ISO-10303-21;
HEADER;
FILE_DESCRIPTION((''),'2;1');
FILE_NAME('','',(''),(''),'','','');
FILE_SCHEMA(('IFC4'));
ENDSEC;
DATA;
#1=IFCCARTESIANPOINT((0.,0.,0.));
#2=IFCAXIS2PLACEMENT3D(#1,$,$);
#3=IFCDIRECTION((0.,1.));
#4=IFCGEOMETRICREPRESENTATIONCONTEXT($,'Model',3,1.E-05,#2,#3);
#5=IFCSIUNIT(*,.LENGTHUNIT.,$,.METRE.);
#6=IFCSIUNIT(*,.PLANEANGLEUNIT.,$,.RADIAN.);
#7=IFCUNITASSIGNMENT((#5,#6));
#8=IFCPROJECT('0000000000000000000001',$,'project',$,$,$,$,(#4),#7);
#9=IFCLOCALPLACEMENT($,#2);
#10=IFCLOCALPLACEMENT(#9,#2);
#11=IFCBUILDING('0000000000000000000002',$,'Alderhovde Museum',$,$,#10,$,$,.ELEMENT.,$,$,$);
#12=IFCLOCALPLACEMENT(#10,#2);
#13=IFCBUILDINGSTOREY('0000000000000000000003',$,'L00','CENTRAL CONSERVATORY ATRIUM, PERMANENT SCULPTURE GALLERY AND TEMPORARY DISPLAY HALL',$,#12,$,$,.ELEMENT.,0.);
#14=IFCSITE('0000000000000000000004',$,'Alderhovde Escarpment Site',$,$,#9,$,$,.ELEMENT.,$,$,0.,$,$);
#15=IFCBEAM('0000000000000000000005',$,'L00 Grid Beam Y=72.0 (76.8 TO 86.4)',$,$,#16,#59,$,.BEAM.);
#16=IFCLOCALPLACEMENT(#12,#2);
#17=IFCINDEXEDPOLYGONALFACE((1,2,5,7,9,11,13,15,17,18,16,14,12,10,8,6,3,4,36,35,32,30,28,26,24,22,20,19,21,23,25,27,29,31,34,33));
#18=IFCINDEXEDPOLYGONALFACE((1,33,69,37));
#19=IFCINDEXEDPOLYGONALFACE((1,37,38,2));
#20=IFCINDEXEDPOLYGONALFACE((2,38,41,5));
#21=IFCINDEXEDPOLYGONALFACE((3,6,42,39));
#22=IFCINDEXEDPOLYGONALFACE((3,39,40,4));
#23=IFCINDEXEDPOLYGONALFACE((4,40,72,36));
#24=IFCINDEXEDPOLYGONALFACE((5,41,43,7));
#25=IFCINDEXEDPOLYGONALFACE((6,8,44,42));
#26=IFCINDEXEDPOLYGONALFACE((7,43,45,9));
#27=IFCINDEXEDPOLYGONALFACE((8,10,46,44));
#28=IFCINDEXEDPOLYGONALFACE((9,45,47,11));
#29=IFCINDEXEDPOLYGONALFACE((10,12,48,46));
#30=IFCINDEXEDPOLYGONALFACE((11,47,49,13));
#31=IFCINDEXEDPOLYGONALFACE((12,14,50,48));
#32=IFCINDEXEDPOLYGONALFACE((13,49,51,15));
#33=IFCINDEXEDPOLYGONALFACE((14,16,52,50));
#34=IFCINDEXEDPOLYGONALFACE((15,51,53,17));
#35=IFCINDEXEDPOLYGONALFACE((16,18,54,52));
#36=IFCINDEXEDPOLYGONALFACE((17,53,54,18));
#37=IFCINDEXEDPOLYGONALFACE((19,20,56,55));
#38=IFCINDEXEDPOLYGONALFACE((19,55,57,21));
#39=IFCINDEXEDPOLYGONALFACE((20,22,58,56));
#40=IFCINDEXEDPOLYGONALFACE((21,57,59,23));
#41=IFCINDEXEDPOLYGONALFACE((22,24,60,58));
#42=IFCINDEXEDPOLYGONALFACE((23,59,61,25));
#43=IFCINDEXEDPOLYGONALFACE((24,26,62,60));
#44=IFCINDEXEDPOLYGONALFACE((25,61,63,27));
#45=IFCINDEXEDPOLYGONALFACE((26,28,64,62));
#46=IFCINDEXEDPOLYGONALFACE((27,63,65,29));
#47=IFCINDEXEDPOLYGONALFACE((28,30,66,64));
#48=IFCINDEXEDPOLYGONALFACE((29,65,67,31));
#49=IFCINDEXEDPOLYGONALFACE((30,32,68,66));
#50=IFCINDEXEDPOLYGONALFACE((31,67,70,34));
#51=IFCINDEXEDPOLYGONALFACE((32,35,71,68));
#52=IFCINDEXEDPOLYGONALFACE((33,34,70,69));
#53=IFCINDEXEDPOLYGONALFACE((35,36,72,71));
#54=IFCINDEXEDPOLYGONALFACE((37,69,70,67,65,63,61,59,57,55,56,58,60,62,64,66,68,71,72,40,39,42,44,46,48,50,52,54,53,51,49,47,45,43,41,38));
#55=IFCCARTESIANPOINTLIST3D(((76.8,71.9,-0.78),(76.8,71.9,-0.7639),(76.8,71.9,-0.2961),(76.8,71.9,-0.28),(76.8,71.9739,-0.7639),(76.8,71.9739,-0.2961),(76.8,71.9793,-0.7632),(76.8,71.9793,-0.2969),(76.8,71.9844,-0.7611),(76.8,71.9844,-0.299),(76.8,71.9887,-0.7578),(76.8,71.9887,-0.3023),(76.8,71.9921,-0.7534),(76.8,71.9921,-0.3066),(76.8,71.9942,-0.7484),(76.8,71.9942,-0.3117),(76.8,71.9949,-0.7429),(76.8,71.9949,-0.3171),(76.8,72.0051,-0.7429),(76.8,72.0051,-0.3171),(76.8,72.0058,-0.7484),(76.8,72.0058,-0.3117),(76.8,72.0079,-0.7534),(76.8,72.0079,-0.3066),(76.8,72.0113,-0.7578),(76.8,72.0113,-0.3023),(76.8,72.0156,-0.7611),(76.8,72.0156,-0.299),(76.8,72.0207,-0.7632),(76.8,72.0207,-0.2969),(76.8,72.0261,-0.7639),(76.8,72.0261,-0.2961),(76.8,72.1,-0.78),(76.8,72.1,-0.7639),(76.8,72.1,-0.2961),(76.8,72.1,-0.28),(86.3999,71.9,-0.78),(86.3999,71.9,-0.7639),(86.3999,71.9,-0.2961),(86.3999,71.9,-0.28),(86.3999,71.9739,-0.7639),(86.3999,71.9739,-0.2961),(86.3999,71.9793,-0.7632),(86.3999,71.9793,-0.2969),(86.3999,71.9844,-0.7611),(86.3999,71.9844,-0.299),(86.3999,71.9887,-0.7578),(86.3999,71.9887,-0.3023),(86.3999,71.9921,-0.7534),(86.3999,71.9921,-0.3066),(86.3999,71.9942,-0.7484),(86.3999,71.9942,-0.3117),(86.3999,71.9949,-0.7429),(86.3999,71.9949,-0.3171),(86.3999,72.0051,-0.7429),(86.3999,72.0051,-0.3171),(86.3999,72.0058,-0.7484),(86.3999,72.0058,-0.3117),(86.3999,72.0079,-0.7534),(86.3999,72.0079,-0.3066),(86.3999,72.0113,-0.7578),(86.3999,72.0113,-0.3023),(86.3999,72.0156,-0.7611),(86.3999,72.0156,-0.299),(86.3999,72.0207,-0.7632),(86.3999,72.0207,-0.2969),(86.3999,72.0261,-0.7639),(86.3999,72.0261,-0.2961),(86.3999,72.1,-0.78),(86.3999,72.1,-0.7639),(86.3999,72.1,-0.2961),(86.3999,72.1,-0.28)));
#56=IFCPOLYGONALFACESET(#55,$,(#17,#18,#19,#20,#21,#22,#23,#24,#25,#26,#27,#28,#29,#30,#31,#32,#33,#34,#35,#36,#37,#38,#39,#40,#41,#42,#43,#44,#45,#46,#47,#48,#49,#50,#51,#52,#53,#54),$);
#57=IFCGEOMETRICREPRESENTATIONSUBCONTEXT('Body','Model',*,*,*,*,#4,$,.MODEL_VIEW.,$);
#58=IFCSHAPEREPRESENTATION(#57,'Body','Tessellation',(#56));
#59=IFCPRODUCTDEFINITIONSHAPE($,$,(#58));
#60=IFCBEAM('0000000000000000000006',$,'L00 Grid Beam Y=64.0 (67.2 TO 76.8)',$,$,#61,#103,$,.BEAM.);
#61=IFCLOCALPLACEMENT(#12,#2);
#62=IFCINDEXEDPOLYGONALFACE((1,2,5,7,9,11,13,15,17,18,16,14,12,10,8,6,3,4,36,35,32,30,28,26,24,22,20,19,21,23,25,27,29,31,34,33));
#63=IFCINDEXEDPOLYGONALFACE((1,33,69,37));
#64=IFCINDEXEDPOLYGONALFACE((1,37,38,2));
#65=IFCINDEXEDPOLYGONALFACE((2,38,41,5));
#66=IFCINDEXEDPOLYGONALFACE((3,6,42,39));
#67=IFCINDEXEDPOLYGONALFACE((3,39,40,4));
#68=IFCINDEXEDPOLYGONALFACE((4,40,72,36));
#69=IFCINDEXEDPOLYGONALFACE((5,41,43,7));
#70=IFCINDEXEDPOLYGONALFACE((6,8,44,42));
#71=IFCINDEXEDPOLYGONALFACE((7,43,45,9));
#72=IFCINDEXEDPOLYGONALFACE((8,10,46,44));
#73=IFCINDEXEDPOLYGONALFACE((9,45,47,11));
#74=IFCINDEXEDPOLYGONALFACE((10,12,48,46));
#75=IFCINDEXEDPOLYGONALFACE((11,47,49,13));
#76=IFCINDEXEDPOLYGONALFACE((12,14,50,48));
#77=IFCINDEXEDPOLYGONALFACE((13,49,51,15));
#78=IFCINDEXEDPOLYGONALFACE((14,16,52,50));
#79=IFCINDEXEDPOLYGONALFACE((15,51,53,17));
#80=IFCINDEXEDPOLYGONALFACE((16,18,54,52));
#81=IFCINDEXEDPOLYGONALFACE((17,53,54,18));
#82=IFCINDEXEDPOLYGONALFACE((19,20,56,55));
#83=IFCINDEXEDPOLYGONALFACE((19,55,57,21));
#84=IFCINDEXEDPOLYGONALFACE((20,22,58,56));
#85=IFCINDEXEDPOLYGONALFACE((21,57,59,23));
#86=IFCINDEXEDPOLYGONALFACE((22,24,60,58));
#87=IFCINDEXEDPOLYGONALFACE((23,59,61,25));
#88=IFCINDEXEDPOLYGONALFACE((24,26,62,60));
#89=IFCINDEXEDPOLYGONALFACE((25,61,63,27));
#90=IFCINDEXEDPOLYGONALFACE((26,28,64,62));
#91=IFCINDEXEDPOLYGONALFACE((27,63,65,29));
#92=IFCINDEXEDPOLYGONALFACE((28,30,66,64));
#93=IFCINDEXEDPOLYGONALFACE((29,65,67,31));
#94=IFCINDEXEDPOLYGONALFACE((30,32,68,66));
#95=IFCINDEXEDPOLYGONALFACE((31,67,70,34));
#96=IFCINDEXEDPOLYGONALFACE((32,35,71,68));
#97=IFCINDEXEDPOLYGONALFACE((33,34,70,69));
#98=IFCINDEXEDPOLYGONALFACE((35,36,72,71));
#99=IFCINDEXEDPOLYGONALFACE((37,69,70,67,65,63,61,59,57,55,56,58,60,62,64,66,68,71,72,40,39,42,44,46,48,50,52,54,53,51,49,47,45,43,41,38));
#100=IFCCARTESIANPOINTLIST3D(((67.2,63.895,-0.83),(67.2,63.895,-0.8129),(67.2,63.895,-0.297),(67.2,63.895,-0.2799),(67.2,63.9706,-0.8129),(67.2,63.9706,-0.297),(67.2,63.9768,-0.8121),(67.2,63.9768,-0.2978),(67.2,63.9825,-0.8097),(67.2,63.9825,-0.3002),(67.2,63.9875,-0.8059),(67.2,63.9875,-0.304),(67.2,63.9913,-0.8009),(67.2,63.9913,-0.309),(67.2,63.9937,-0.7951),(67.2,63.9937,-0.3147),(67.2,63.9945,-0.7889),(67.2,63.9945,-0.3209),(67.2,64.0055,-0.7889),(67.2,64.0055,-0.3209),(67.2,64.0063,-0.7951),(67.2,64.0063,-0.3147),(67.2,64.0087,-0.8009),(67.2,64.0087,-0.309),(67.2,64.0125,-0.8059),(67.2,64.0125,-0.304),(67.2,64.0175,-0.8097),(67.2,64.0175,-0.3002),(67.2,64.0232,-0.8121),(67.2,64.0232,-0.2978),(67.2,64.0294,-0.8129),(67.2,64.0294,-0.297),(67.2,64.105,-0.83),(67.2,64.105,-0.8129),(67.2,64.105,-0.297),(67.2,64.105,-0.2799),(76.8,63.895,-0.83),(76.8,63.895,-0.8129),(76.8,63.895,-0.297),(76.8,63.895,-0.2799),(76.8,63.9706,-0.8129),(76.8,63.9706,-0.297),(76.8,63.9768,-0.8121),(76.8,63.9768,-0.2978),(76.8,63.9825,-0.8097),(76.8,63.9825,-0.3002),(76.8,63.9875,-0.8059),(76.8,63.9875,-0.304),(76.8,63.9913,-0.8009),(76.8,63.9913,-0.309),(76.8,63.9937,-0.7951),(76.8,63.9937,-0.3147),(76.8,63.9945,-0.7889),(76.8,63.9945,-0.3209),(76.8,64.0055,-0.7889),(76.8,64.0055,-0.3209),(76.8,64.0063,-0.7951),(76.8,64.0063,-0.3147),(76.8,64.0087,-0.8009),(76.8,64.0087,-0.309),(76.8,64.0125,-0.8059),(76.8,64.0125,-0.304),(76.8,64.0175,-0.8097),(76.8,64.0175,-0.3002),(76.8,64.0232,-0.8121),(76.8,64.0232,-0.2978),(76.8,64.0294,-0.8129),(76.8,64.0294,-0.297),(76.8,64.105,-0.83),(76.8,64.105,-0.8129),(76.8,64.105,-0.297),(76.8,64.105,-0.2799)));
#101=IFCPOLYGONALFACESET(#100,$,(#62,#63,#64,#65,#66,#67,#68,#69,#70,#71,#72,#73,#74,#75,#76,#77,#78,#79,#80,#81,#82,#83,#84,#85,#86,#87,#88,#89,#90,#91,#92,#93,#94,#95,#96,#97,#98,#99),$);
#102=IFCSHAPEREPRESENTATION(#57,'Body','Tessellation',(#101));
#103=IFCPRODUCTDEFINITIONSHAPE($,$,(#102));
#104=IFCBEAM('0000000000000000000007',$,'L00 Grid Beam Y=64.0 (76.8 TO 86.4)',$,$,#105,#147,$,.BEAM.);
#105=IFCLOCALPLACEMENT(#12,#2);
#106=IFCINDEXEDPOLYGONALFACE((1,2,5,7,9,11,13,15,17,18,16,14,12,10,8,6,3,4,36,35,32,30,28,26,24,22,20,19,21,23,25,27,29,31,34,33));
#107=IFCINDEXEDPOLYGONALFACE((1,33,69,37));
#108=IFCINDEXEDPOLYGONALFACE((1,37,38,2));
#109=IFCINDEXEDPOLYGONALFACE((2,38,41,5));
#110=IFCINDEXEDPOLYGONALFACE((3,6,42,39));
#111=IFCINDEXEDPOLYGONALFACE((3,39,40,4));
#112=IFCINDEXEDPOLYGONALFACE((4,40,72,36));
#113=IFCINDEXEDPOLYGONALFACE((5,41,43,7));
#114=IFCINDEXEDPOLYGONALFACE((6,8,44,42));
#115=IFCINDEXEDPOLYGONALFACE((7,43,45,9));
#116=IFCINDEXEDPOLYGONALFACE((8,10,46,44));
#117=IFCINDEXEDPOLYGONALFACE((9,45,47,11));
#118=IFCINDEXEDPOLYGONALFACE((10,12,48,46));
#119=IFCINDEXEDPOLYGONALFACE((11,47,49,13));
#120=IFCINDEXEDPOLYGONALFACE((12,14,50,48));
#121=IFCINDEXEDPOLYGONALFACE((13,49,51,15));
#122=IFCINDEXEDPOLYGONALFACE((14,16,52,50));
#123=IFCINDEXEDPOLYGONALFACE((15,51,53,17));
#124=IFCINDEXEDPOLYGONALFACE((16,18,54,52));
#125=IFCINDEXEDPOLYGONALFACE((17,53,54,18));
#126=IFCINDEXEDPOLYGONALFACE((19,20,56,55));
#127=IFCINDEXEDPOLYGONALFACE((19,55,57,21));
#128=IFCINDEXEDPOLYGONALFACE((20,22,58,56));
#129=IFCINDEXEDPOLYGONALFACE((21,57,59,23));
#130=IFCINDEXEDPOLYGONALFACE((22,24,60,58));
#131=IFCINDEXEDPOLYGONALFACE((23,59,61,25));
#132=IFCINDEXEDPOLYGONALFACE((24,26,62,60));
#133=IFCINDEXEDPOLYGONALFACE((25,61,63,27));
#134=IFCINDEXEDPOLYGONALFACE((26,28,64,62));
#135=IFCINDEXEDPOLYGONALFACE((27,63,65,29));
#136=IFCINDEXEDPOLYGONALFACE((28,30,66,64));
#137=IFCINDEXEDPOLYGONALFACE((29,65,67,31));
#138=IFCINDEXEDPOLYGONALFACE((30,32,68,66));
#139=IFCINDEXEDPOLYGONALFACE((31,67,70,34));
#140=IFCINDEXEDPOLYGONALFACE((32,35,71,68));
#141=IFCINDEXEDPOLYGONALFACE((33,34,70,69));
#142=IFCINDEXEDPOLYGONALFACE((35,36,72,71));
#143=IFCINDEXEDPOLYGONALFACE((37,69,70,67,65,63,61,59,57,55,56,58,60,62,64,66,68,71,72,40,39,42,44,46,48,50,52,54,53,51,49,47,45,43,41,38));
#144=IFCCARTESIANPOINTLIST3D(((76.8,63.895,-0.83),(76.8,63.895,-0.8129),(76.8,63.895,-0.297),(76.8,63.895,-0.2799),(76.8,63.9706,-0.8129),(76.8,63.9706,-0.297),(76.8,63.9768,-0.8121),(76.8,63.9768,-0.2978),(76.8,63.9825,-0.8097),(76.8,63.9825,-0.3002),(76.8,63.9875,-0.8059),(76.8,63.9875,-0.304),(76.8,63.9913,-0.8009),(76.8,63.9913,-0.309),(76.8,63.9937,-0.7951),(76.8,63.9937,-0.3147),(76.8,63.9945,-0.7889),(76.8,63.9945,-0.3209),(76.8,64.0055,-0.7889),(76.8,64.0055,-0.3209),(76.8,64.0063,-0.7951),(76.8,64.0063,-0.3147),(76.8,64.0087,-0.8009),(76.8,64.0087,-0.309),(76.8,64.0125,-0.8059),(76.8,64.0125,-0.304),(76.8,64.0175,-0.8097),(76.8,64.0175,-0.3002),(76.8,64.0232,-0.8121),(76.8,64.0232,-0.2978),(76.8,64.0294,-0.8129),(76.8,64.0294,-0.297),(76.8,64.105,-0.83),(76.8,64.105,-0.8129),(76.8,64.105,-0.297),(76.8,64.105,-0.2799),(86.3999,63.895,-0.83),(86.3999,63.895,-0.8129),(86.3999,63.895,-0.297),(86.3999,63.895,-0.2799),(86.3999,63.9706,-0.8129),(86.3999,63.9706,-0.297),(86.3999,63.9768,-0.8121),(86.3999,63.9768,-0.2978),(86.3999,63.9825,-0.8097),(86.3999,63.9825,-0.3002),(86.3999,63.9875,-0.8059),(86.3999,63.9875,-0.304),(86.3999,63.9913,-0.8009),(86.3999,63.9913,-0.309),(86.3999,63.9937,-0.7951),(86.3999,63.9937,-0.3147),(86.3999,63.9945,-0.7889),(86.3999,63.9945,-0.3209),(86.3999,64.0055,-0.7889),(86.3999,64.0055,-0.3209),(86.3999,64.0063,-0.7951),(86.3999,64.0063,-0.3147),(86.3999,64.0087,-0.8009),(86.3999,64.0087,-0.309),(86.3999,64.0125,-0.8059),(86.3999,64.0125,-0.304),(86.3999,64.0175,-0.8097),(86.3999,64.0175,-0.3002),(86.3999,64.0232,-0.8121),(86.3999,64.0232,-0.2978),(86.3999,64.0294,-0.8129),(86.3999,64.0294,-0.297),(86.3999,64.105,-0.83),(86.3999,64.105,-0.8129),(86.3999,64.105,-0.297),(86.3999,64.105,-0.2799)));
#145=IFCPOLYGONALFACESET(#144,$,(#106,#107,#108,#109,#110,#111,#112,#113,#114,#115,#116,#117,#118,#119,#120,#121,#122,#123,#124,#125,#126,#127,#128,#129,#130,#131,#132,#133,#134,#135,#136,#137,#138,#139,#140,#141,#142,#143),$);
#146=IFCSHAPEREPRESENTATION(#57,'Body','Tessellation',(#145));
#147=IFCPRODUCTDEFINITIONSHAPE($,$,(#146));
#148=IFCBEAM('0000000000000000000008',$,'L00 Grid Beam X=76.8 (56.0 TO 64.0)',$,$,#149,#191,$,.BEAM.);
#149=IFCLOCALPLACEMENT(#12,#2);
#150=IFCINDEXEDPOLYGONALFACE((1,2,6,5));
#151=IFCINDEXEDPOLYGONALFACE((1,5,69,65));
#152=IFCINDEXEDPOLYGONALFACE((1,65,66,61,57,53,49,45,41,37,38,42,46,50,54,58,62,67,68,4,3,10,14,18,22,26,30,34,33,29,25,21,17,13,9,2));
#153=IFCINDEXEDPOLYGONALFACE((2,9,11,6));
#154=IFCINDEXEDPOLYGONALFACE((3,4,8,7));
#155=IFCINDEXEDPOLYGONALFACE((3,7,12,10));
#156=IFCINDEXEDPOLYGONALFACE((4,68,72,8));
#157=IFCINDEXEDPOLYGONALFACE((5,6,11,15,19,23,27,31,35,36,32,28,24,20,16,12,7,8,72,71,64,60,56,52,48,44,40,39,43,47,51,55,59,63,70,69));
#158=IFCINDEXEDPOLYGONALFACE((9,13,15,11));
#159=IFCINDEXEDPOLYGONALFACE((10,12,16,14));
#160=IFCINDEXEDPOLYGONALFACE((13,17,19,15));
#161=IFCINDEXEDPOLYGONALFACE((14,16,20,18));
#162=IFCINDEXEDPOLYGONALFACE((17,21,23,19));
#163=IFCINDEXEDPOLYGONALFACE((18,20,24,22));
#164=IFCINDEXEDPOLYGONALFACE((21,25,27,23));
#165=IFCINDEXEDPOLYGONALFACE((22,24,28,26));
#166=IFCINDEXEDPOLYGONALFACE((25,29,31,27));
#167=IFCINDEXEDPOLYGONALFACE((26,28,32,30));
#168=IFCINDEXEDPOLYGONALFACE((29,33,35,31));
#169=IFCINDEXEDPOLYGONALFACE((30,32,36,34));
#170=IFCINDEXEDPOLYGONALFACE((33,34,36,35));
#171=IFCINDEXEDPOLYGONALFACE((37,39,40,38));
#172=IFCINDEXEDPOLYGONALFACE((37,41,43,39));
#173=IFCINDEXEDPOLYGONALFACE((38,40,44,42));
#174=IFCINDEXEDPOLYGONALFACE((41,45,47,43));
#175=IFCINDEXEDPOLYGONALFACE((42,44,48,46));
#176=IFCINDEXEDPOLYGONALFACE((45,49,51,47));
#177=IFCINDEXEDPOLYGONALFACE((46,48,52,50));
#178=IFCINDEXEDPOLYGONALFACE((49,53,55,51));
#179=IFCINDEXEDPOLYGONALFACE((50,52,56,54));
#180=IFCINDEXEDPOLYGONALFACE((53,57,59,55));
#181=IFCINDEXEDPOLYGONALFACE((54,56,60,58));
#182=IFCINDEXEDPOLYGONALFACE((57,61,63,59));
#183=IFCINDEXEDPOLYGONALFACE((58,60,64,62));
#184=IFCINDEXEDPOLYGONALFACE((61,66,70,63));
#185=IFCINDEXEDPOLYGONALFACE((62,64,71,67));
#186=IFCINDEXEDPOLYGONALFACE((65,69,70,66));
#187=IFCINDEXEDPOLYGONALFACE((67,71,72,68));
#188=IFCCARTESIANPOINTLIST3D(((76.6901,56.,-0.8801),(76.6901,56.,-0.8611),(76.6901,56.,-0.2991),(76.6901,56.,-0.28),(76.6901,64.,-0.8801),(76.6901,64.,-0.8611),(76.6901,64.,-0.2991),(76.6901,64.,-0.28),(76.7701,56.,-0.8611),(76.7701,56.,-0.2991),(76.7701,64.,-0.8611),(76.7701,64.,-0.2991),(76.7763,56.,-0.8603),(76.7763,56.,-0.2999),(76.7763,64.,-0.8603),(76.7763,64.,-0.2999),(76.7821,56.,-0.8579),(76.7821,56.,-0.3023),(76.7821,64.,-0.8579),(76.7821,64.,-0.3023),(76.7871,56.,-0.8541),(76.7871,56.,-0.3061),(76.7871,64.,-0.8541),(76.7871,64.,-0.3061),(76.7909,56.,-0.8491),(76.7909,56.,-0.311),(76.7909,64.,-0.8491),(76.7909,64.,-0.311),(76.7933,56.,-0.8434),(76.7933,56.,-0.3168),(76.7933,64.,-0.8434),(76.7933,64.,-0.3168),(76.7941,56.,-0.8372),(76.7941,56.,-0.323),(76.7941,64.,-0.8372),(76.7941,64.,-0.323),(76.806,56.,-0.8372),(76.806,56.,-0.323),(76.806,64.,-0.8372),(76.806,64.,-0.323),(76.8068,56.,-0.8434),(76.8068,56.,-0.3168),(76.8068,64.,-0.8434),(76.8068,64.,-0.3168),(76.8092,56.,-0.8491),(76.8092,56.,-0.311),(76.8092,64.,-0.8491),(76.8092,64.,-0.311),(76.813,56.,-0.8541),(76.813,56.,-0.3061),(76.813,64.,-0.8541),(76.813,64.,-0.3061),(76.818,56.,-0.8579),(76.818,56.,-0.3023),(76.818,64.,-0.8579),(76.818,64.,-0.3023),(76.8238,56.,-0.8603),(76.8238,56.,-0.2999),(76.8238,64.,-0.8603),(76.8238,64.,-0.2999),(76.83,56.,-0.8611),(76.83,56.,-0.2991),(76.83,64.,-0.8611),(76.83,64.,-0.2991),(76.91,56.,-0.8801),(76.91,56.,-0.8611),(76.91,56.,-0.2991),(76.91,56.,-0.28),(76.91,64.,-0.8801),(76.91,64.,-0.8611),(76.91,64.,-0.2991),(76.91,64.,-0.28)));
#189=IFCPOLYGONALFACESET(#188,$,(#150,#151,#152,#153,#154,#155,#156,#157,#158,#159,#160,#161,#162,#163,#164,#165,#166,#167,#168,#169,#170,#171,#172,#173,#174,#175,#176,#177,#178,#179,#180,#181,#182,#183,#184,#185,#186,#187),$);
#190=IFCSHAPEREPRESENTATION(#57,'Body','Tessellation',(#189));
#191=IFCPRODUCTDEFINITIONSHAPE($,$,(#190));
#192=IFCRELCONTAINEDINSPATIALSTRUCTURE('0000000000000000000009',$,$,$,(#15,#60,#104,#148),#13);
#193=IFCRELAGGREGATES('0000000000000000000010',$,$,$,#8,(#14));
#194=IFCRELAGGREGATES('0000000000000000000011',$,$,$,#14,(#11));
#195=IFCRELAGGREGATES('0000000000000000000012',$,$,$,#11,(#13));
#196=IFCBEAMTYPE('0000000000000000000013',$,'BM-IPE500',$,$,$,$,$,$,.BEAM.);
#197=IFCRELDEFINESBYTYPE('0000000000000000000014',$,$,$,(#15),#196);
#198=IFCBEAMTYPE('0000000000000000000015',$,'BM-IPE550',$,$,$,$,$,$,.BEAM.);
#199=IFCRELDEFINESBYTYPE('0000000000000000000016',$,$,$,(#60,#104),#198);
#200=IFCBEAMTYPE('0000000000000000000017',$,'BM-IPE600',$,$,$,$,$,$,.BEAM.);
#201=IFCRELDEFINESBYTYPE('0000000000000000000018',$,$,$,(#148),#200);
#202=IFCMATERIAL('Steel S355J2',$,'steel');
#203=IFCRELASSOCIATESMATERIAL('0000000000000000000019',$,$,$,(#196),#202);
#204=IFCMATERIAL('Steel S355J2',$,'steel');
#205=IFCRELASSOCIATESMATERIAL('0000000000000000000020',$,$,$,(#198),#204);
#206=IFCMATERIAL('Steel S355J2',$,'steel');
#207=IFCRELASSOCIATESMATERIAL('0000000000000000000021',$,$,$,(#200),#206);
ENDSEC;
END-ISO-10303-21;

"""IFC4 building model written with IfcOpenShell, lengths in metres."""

from ifc_helpers import new_model, si_unit, direction, frame, origin, origin_2d, place, context, subcontext, project, spatial, i_section, extrude, material, material_profile, profile_set, type_object, element, save


model = new_model("IFC4")

# Units and contexts
model_context = context("Model", 3, precision=1e-05, world=origin(), true_north=direction((0.0, 1.0)))
body_context = subcontext(model_context, "Body", "Model", "MODEL_VIEW")
ifc_project = project(units=[si_unit("LENGTHUNIT", "METRE"), si_unit("PLANEANGLEUNIT", "RADIAN")], contexts=[model_context])

# Site, building, storey
site_placement = place(None, origin())
site = spatial("IfcSite", under=ifc_project, at=site_placement, Name="Alderhovde Escarpment Site", CompositionType="ELEMENT", RefElevation=0.0)
building_placement = place(site_placement, origin())
building = spatial("IfcBuilding", under=site, at=building_placement, Name="Alderhovde Museum", CompositionType="ELEMENT")
storey_placement = place(building_placement, origin())
storey = spatial("IfcBuildingStorey", under=building, at=storey_placement, Name="L00", Description="CENTRAL CONSERVATORY ATRIUM, PERMANENT SCULPTURE GALLERY AND TEMPORARY DISPLAY HALL", CompositionType="ELEMENT", Elevation=0.0)

# Beams
ifc_material_1 = material(Name="Steel S355J2", Category="steel")
ifc_material_profile_1 = material_profile(ifc_material_1, i_section(OverallWidth=0.2, OverallDepth=0.5, WebThickness=0.0103, FlangeThickness=0.0161, FilletRadius=0.021, at=origin_2d()), Name="IPE 500")
ifc_profile_set_1 = profile_set([ifc_material_profile_1], Name="Steel S355J2")
beam_type_1 = type_object("IfcBeamType", Name="BM-IPE500", PredefinedType="BEAM", material=ifc_profile_set_1)
beam_1_placement = place(storey_placement, frame((76.8, 72.0, -0.53), z_axis=(1.0, 0.0, 0.0), x_axis=(0.0, 1.0, 0.0)))
element("IfcBeam", 1, at=beam_1_placement, inside=storey, type_object=beam_type_1, Name="L00 Grid Beam Y=72.0 (76.8 TO 86.4)", PredefinedType="BEAM", context=body_context, shape_type="SweptSolid", body=[
    extrude(i_section(OverallWidth=0.2, OverallDepth=0.5, WebThickness=0.0103, FlangeThickness=0.0161, FilletRadius=0.021, at=origin_2d()), origin(), (0.0, 0.0, 1.0), 9.5999),
])
ifc_material_2 = material(Name="Steel S355J2", Category="steel")
ifc_material_profile_2 = material_profile(ifc_material_2, i_section(OverallWidth=0.21, OverallDepth=0.55, WebThickness=0.011, FlangeThickness=0.0171, FilletRadius=0.0239, at=origin_2d()), Name="IPE 550")
ifc_profile_set_2 = profile_set([ifc_material_profile_2], Name="Steel S355J2")
beam_type_2 = type_object("IfcBeamType", Name="BM-IPE550", PredefinedType="BEAM", material=ifc_profile_set_2)
beam_2_placement = place(storey_placement, frame((67.2, 64.0, -0.5549), z_axis=(1.0, 0.0, 0.0), x_axis=(0.0, 1.0, 0.0)))
element("IfcBeam", 2, at=beam_2_placement, inside=storey, type_object=beam_type_2, Name="L00 Grid Beam Y=64.0 (67.2 TO 76.8)", PredefinedType="BEAM", context=body_context, shape_type="SweptSolid", body=[
    extrude(i_section(OverallWidth=0.21, OverallDepth=0.55, WebThickness=0.011, FlangeThickness=0.0171, FilletRadius=0.0239, at=origin_2d()), origin(), (0.0, 0.0, 1.0), 9.6001),
])
beam_3_placement = place(storey_placement, frame((76.8, 64.0, -0.5549), z_axis=(1.0, 0.0, 0.0), x_axis=(0.0, 1.0, 0.0)))
element("IfcBeam", 3, at=beam_3_placement, inside=storey, type_object=beam_type_2, Name="L00 Grid Beam Y=64.0 (76.8 TO 86.4)", PredefinedType="BEAM", context=body_context, shape_type="SweptSolid", body=[
    extrude(i_section(OverallWidth=0.21, OverallDepth=0.55, WebThickness=0.011, FlangeThickness=0.0171, FilletRadius=0.0239, at=origin_2d()), origin(), (0.0, 0.0, 1.0), 9.5999),
])
ifc_material_3 = material(Name="Steel S355J2", Category="steel")
ifc_material_profile_3 = material_profile(ifc_material_3, i_section(OverallWidth=0.22, OverallDepth=0.6001, WebThickness=0.012, FlangeThickness=0.019, FilletRadius=0.0239, at=origin_2d()), Name="IPE 600")
ifc_profile_set_3 = profile_set([ifc_material_profile_3], Name="Steel S355J2")
beam_type_3 = type_object("IfcBeamType", Name="BM-IPE600", PredefinedType="BEAM", material=ifc_profile_set_3)
for number, where, z_axis, x_axis, name in (
    (4, (76.8, 56.0, -0.5801), (0.0, 1.0, 0.0), (-1.0, 0.0, 0.0), "L00 Grid Beam X=76.8 (56.0 TO 64.0)"),
):
    element("IfcBeam", number, at=place(storey_placement, frame(where, z_axis=z_axis, x_axis=x_axis)), inside=storey, type_object=beam_type_3, Name=name, PredefinedType="BEAM", context=body_context, shape_type="SweptSolid", body=[
        extrude(i_section(OverallWidth=0.22, OverallDepth=0.6001, WebThickness=0.012, FlangeThickness=0.019, FilletRadius=0.0239, at=origin_2d()), origin(), (0.0, 0.0, 1.0), 8.0),
    ])

save(model, "model.ifc")
